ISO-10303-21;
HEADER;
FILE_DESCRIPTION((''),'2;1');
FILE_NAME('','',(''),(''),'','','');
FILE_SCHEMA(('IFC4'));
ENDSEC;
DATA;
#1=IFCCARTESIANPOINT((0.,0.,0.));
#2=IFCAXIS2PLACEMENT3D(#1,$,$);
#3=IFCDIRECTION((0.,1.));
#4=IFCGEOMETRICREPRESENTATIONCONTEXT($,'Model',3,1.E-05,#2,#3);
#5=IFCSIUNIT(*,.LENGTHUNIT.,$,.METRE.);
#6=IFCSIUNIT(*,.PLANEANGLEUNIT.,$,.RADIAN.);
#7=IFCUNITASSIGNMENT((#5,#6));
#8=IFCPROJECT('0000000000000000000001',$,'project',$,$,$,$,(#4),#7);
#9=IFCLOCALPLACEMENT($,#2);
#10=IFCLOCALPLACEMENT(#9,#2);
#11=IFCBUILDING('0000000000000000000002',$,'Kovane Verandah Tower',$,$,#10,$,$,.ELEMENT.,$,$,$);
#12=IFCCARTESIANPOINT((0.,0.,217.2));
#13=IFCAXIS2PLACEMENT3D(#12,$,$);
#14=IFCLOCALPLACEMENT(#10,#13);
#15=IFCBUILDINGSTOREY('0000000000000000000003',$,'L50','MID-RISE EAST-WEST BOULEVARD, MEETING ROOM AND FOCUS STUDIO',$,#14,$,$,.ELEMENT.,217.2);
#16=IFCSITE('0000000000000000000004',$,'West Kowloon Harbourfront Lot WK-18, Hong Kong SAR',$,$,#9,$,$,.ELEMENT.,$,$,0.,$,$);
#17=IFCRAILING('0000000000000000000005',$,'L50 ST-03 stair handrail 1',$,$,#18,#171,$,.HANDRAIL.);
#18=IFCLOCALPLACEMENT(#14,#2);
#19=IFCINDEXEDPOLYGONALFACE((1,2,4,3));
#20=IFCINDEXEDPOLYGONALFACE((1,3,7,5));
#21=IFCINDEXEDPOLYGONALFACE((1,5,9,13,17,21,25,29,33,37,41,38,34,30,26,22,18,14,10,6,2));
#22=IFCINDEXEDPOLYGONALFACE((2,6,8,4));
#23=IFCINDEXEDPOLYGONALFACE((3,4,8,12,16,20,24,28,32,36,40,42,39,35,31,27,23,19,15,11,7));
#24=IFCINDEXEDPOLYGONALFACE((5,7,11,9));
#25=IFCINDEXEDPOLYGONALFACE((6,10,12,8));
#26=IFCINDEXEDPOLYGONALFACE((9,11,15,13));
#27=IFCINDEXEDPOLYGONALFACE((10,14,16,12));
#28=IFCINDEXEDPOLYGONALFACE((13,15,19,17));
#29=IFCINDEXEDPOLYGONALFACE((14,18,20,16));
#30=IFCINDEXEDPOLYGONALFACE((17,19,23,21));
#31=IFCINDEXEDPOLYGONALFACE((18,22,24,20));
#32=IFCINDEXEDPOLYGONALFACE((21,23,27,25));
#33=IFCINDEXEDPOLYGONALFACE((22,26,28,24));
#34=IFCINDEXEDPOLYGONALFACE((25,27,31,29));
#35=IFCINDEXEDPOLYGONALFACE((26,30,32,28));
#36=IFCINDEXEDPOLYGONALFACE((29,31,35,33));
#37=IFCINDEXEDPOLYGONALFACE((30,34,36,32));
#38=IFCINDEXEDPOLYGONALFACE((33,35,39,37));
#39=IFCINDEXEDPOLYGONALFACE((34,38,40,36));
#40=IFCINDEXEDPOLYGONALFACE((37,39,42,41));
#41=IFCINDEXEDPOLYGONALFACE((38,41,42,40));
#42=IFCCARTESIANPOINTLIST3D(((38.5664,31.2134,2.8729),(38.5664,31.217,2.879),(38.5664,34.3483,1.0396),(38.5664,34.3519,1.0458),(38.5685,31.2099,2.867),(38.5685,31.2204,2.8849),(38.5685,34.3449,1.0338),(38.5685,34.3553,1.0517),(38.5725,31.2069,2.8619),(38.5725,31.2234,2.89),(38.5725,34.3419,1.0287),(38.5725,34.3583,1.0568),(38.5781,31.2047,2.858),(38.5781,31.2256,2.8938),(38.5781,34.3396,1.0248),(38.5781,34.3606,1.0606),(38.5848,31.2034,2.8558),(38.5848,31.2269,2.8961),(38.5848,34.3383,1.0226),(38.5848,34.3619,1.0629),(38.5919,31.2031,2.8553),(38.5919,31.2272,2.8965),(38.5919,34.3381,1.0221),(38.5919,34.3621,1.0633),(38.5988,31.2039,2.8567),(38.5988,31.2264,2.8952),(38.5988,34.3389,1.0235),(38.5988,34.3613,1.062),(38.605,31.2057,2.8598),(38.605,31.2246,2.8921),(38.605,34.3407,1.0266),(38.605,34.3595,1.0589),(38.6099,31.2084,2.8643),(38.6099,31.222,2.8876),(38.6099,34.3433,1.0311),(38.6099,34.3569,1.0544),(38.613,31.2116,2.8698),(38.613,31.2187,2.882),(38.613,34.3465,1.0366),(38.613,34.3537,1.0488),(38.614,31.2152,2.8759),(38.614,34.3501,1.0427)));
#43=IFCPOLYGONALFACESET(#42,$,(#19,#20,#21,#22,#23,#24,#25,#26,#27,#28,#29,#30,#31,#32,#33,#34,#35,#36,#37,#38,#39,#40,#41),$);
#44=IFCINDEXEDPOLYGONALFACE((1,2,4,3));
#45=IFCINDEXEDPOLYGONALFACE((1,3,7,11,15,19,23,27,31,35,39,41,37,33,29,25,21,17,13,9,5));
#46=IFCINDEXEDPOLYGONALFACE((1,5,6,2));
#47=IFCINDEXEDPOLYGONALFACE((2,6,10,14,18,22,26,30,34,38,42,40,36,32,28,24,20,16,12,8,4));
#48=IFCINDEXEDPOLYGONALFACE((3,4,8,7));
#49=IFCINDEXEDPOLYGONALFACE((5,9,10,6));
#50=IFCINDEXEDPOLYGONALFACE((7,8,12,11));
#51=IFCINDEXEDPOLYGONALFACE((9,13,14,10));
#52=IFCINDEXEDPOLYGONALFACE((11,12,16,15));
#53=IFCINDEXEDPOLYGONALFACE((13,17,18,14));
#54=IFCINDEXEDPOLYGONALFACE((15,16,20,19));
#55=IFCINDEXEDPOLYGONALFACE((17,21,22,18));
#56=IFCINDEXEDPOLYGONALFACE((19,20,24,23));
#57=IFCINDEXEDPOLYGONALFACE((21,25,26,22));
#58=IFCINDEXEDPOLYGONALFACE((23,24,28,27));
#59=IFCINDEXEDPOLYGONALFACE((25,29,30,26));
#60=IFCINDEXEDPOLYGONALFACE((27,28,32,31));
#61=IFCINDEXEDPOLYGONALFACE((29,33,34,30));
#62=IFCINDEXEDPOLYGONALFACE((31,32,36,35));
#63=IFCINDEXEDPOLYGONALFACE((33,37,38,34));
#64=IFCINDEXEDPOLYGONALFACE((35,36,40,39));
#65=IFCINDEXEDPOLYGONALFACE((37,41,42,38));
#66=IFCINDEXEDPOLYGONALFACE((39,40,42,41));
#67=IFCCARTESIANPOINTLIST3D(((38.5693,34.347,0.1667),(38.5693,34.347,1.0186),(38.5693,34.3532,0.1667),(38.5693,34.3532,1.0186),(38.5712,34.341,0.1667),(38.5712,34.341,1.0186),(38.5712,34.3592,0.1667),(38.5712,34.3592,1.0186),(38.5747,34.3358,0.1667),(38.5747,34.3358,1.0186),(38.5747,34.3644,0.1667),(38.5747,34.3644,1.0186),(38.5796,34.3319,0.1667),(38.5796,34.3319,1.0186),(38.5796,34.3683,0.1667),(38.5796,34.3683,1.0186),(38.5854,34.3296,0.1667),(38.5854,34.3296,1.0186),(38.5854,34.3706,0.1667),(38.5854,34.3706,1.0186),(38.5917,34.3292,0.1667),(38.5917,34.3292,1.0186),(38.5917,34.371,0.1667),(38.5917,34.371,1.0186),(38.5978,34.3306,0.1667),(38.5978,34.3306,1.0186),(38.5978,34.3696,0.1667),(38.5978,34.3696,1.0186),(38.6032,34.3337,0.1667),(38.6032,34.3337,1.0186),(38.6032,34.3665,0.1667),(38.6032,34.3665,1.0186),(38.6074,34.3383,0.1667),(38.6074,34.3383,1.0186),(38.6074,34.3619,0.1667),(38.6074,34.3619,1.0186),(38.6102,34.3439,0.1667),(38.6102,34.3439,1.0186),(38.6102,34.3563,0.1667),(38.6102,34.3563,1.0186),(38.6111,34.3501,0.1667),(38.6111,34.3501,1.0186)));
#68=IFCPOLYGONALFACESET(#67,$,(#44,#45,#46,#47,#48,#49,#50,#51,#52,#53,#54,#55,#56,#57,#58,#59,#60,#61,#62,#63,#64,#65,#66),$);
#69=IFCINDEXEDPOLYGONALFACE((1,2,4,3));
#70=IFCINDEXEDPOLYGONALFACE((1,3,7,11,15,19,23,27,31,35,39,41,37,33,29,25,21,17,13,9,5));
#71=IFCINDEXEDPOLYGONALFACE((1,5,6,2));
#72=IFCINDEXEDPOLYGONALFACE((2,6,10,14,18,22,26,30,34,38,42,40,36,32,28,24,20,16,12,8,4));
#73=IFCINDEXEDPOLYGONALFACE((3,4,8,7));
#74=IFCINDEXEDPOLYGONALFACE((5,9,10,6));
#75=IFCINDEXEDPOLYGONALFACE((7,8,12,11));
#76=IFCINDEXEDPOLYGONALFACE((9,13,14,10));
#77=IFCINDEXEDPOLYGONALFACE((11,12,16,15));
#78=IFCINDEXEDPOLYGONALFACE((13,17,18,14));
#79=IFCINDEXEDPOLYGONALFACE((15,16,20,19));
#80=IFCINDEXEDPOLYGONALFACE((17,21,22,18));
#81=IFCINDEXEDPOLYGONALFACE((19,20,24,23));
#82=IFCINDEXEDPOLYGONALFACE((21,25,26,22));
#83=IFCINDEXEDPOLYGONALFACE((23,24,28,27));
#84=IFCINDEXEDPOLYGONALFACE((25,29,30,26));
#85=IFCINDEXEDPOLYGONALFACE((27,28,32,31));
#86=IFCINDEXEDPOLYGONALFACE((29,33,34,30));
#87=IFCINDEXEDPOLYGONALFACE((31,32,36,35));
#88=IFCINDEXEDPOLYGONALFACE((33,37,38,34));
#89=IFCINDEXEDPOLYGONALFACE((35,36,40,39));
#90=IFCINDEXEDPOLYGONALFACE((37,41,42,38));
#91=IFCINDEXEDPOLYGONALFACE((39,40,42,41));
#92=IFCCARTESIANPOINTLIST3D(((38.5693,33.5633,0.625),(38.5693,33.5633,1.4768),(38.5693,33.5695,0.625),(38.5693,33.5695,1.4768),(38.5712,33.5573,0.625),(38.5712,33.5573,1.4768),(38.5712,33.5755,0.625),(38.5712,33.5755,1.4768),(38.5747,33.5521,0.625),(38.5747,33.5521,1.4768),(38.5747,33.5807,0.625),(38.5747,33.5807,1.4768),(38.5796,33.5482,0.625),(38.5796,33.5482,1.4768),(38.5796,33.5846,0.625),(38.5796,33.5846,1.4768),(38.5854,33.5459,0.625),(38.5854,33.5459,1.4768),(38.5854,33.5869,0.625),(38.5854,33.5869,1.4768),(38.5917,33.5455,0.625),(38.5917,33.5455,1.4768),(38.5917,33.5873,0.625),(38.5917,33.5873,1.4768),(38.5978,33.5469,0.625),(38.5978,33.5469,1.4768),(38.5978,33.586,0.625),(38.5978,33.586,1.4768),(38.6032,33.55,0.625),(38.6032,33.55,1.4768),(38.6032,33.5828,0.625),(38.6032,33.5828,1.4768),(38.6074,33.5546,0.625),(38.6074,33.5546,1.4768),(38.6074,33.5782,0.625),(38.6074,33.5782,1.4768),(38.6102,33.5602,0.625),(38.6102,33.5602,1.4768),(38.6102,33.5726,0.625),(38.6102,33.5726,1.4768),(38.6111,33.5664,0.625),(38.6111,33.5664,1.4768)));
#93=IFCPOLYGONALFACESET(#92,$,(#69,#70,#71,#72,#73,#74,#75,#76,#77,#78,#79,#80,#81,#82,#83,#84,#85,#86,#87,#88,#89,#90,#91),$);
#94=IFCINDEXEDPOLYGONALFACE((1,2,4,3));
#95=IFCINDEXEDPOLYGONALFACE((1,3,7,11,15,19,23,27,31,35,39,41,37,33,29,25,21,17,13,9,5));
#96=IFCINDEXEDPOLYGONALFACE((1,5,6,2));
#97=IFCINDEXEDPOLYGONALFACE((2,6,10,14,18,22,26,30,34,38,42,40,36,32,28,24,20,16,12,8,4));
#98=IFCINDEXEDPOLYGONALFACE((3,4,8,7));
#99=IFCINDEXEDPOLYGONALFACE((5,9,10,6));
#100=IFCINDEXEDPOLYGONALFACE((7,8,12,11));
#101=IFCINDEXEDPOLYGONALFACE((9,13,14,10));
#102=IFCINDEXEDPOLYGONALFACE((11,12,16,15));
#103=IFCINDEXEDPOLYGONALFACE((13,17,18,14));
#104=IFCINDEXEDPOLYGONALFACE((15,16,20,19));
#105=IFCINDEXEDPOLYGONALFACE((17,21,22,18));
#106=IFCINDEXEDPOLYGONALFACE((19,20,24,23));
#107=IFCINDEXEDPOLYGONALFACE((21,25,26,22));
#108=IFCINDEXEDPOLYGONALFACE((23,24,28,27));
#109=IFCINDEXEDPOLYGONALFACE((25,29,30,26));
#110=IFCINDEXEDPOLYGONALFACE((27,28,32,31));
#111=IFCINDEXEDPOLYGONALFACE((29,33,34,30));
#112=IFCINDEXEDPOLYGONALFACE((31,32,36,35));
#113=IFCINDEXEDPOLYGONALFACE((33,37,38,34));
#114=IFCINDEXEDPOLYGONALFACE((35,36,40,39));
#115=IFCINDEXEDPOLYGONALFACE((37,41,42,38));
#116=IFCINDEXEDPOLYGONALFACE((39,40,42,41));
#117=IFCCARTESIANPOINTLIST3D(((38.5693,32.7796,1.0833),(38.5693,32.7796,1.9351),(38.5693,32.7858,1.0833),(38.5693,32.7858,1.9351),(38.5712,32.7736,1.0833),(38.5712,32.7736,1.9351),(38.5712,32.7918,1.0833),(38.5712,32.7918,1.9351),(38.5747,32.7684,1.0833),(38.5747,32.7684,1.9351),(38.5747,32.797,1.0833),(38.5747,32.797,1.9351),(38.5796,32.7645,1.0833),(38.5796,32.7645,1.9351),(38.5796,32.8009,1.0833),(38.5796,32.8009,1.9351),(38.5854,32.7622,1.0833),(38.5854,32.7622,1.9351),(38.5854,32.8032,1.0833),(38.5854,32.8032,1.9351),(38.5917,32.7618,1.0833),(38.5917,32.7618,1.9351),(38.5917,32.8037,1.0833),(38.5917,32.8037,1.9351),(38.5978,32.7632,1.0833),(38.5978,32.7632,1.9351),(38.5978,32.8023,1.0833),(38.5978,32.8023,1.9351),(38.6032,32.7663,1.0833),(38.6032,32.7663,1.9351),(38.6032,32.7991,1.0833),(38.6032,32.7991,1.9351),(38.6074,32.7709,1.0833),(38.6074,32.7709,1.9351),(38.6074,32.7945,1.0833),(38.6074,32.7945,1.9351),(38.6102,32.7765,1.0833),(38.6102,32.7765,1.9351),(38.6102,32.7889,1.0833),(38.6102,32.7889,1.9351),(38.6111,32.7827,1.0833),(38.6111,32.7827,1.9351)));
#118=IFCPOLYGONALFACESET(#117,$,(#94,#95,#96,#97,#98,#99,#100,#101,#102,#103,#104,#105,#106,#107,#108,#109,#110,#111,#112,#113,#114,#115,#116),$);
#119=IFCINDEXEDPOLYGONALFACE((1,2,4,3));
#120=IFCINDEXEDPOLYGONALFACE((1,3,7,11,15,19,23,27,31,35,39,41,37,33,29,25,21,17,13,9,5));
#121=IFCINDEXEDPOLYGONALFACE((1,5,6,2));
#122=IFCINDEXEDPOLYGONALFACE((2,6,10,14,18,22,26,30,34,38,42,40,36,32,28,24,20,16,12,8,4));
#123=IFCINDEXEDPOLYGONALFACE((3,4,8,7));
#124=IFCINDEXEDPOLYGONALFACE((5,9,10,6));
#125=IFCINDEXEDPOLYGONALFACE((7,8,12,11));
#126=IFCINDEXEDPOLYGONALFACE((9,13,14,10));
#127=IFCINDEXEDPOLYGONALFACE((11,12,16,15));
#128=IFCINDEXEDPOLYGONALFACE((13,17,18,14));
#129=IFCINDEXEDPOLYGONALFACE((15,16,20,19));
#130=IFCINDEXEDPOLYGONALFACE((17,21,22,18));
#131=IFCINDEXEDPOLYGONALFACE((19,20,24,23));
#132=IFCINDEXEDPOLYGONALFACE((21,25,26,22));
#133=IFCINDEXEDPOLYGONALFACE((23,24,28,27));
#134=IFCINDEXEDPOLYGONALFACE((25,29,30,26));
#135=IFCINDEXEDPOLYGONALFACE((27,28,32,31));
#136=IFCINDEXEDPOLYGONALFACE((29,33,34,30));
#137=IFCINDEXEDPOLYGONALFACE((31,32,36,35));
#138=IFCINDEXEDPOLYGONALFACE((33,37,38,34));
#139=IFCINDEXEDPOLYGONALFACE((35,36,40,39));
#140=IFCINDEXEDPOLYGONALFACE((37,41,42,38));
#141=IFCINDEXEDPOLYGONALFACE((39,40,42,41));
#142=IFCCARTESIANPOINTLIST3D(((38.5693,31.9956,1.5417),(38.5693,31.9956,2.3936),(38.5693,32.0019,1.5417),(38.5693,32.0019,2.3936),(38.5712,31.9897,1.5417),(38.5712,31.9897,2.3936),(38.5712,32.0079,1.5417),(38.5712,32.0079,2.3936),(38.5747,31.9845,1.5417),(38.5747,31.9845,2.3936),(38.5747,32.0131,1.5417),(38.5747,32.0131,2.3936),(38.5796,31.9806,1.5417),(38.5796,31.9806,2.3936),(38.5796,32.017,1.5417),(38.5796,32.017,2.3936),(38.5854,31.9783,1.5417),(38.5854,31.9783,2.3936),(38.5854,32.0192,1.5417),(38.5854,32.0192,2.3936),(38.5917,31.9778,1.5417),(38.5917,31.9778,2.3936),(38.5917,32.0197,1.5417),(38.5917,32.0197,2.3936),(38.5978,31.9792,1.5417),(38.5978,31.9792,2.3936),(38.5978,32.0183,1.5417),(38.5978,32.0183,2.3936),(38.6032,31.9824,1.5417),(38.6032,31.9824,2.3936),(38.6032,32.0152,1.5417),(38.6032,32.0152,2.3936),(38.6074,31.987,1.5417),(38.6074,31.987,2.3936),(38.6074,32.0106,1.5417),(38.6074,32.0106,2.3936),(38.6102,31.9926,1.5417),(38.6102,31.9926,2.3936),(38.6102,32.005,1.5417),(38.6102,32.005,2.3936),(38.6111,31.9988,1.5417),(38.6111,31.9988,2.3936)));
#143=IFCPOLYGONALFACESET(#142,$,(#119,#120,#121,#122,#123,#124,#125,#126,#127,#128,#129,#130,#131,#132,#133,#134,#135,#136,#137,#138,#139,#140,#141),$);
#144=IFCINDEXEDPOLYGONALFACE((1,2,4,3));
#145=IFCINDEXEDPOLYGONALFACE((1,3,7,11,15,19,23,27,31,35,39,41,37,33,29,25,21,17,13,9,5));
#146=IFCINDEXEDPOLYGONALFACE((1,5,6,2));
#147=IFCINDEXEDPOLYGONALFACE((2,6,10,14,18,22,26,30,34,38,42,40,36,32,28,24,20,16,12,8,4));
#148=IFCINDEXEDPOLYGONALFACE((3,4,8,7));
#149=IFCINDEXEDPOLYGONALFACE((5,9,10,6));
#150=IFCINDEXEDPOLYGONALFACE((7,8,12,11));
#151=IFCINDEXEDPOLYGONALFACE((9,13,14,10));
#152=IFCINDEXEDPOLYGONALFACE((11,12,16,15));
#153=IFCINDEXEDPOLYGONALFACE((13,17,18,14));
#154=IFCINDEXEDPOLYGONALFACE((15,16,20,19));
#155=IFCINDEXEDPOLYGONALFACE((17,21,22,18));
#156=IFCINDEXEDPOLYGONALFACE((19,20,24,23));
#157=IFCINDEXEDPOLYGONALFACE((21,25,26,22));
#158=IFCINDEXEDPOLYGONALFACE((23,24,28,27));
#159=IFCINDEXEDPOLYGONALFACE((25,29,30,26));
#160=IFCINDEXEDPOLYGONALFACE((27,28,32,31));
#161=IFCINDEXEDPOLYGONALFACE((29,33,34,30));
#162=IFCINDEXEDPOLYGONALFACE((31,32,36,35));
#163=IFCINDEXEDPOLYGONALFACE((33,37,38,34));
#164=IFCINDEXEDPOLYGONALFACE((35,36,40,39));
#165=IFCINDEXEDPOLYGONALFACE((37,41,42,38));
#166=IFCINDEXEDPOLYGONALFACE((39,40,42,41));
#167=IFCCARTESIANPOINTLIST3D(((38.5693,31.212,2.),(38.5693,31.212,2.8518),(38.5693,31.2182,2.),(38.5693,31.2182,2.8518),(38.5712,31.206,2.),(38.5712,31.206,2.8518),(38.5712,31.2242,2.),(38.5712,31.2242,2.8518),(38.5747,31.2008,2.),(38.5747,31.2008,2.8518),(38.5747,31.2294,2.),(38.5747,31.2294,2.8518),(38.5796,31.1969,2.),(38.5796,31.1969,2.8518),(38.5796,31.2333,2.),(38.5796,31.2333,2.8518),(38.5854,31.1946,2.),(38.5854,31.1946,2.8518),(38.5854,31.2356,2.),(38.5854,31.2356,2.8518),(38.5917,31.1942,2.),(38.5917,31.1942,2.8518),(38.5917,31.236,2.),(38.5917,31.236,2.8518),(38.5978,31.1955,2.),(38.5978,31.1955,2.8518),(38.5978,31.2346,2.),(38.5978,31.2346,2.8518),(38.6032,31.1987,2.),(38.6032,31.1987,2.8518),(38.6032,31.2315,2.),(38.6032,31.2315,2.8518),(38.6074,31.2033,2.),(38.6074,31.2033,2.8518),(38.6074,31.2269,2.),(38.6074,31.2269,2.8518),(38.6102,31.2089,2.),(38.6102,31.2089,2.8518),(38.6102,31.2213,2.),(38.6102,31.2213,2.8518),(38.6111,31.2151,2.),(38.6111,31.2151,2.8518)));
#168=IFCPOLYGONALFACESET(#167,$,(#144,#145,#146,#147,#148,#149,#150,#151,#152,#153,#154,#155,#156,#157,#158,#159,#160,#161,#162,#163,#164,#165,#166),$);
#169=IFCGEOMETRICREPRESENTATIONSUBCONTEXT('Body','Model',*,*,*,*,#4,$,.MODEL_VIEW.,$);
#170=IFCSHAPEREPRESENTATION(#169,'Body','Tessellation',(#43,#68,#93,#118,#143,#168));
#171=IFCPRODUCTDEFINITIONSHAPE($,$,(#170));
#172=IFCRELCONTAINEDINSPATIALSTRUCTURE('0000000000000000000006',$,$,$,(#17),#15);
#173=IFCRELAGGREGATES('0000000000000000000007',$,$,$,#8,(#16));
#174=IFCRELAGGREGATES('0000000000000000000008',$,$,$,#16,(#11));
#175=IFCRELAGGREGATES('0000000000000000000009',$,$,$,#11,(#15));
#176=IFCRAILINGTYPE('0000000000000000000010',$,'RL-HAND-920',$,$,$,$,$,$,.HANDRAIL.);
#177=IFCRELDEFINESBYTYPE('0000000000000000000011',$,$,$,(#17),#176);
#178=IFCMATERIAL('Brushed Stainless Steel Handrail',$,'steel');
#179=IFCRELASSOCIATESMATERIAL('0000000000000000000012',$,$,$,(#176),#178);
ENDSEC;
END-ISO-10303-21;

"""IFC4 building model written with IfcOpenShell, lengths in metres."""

from ifc_helpers import new_model, si_unit, direction, frame, origin, origin_2d, place, context, subcontext, project, spatial, circle, extrude, material, type_object, element, save


model = new_model("IFC4")

# Units and contexts
model_context = context("Model", 3, precision=1e-05, world=origin(), true_north=direction((0.0, 1.0)))
body_context = subcontext(model_context, "Body", "Model", "MODEL_VIEW")
ifc_project = project(units=[si_unit("LENGTHUNIT", "METRE"), si_unit("PLANEANGLEUNIT", "RADIAN")], contexts=[model_context])

# Site, building, storey
site_placement = place(None, origin())
site = spatial("IfcSite", under=ifc_project, at=site_placement, Name="West Kowloon Harbourfront Lot WK-18, Hong Kong SAR", CompositionType="ELEMENT", RefElevation=0.0)
building_placement = place(site_placement, origin())
building = spatial("IfcBuilding", under=site, at=building_placement, Name="Kovane Verandah Tower", CompositionType="ELEMENT")
storey_placement = place(building_placement, frame((0.0, 0.0, 217.2)))
storey = spatial("IfcBuildingStorey", under=building, at=storey_placement, Name="L50", Description="MID-RISE EAST-WEST BOULEVARD, MEETING ROOM AND FOCUS STUDIO", CompositionType="ELEMENT", Elevation=217.2)

# Railing
ifc_material_1 = material(Name="Brushed Stainless Steel Handrail", Category="steel")
railing_type_1 = type_object("IfcRailingType", Name="RL-HAND-920", PredefinedType="HANDRAIL", material=ifc_material_1)
railing_1_placement = place(storey_placement, frame((38.5901, 34.3501, 0.1667)))
element("IfcRailing", 1, at=railing_1_placement, inside=storey, type_object=railing_type_1, Name="L50 ST-03 stair handrail 1", PredefinedType="HANDRAIL", context=body_context, shape_type="SweptSolid", body=[
    extrude(circle(Radius=0.0239, at=origin_2d()), frame((0.0, 0.0, 0.876), z_axis=(0.0, -0.86324, 0.504794), x_axis=(1.0, 0.0, 0.0)), (0.0, 0.0, 1.0), 3.6316),
    extrude(circle(Radius=0.021, at=origin_2d()), origin(), (0.0, 0.0, 1.0), 0.8518),
    extrude(circle(Radius=0.021, at=origin_2d()), frame((0.0, -0.7837, 0.4583)), (0.0, 0.0, 1.0), 0.8518),
    extrude(circle(Radius=0.021, at=origin_2d()), frame((0.0, -1.5674, 0.9165)), (0.0, 0.0, 1.0), 0.8518),
    extrude(circle(Radius=0.021, at=origin_2d()), frame((0.0, -2.3513, 1.375)), (0.0, 0.0, 1.0), 0.8518),
    extrude(circle(Radius=0.021, at=origin_2d()), frame((0.0, -3.135, 1.8333)), (0.0, 0.0, 1.0), 0.8518),
])

save(model, "model.ifc")
